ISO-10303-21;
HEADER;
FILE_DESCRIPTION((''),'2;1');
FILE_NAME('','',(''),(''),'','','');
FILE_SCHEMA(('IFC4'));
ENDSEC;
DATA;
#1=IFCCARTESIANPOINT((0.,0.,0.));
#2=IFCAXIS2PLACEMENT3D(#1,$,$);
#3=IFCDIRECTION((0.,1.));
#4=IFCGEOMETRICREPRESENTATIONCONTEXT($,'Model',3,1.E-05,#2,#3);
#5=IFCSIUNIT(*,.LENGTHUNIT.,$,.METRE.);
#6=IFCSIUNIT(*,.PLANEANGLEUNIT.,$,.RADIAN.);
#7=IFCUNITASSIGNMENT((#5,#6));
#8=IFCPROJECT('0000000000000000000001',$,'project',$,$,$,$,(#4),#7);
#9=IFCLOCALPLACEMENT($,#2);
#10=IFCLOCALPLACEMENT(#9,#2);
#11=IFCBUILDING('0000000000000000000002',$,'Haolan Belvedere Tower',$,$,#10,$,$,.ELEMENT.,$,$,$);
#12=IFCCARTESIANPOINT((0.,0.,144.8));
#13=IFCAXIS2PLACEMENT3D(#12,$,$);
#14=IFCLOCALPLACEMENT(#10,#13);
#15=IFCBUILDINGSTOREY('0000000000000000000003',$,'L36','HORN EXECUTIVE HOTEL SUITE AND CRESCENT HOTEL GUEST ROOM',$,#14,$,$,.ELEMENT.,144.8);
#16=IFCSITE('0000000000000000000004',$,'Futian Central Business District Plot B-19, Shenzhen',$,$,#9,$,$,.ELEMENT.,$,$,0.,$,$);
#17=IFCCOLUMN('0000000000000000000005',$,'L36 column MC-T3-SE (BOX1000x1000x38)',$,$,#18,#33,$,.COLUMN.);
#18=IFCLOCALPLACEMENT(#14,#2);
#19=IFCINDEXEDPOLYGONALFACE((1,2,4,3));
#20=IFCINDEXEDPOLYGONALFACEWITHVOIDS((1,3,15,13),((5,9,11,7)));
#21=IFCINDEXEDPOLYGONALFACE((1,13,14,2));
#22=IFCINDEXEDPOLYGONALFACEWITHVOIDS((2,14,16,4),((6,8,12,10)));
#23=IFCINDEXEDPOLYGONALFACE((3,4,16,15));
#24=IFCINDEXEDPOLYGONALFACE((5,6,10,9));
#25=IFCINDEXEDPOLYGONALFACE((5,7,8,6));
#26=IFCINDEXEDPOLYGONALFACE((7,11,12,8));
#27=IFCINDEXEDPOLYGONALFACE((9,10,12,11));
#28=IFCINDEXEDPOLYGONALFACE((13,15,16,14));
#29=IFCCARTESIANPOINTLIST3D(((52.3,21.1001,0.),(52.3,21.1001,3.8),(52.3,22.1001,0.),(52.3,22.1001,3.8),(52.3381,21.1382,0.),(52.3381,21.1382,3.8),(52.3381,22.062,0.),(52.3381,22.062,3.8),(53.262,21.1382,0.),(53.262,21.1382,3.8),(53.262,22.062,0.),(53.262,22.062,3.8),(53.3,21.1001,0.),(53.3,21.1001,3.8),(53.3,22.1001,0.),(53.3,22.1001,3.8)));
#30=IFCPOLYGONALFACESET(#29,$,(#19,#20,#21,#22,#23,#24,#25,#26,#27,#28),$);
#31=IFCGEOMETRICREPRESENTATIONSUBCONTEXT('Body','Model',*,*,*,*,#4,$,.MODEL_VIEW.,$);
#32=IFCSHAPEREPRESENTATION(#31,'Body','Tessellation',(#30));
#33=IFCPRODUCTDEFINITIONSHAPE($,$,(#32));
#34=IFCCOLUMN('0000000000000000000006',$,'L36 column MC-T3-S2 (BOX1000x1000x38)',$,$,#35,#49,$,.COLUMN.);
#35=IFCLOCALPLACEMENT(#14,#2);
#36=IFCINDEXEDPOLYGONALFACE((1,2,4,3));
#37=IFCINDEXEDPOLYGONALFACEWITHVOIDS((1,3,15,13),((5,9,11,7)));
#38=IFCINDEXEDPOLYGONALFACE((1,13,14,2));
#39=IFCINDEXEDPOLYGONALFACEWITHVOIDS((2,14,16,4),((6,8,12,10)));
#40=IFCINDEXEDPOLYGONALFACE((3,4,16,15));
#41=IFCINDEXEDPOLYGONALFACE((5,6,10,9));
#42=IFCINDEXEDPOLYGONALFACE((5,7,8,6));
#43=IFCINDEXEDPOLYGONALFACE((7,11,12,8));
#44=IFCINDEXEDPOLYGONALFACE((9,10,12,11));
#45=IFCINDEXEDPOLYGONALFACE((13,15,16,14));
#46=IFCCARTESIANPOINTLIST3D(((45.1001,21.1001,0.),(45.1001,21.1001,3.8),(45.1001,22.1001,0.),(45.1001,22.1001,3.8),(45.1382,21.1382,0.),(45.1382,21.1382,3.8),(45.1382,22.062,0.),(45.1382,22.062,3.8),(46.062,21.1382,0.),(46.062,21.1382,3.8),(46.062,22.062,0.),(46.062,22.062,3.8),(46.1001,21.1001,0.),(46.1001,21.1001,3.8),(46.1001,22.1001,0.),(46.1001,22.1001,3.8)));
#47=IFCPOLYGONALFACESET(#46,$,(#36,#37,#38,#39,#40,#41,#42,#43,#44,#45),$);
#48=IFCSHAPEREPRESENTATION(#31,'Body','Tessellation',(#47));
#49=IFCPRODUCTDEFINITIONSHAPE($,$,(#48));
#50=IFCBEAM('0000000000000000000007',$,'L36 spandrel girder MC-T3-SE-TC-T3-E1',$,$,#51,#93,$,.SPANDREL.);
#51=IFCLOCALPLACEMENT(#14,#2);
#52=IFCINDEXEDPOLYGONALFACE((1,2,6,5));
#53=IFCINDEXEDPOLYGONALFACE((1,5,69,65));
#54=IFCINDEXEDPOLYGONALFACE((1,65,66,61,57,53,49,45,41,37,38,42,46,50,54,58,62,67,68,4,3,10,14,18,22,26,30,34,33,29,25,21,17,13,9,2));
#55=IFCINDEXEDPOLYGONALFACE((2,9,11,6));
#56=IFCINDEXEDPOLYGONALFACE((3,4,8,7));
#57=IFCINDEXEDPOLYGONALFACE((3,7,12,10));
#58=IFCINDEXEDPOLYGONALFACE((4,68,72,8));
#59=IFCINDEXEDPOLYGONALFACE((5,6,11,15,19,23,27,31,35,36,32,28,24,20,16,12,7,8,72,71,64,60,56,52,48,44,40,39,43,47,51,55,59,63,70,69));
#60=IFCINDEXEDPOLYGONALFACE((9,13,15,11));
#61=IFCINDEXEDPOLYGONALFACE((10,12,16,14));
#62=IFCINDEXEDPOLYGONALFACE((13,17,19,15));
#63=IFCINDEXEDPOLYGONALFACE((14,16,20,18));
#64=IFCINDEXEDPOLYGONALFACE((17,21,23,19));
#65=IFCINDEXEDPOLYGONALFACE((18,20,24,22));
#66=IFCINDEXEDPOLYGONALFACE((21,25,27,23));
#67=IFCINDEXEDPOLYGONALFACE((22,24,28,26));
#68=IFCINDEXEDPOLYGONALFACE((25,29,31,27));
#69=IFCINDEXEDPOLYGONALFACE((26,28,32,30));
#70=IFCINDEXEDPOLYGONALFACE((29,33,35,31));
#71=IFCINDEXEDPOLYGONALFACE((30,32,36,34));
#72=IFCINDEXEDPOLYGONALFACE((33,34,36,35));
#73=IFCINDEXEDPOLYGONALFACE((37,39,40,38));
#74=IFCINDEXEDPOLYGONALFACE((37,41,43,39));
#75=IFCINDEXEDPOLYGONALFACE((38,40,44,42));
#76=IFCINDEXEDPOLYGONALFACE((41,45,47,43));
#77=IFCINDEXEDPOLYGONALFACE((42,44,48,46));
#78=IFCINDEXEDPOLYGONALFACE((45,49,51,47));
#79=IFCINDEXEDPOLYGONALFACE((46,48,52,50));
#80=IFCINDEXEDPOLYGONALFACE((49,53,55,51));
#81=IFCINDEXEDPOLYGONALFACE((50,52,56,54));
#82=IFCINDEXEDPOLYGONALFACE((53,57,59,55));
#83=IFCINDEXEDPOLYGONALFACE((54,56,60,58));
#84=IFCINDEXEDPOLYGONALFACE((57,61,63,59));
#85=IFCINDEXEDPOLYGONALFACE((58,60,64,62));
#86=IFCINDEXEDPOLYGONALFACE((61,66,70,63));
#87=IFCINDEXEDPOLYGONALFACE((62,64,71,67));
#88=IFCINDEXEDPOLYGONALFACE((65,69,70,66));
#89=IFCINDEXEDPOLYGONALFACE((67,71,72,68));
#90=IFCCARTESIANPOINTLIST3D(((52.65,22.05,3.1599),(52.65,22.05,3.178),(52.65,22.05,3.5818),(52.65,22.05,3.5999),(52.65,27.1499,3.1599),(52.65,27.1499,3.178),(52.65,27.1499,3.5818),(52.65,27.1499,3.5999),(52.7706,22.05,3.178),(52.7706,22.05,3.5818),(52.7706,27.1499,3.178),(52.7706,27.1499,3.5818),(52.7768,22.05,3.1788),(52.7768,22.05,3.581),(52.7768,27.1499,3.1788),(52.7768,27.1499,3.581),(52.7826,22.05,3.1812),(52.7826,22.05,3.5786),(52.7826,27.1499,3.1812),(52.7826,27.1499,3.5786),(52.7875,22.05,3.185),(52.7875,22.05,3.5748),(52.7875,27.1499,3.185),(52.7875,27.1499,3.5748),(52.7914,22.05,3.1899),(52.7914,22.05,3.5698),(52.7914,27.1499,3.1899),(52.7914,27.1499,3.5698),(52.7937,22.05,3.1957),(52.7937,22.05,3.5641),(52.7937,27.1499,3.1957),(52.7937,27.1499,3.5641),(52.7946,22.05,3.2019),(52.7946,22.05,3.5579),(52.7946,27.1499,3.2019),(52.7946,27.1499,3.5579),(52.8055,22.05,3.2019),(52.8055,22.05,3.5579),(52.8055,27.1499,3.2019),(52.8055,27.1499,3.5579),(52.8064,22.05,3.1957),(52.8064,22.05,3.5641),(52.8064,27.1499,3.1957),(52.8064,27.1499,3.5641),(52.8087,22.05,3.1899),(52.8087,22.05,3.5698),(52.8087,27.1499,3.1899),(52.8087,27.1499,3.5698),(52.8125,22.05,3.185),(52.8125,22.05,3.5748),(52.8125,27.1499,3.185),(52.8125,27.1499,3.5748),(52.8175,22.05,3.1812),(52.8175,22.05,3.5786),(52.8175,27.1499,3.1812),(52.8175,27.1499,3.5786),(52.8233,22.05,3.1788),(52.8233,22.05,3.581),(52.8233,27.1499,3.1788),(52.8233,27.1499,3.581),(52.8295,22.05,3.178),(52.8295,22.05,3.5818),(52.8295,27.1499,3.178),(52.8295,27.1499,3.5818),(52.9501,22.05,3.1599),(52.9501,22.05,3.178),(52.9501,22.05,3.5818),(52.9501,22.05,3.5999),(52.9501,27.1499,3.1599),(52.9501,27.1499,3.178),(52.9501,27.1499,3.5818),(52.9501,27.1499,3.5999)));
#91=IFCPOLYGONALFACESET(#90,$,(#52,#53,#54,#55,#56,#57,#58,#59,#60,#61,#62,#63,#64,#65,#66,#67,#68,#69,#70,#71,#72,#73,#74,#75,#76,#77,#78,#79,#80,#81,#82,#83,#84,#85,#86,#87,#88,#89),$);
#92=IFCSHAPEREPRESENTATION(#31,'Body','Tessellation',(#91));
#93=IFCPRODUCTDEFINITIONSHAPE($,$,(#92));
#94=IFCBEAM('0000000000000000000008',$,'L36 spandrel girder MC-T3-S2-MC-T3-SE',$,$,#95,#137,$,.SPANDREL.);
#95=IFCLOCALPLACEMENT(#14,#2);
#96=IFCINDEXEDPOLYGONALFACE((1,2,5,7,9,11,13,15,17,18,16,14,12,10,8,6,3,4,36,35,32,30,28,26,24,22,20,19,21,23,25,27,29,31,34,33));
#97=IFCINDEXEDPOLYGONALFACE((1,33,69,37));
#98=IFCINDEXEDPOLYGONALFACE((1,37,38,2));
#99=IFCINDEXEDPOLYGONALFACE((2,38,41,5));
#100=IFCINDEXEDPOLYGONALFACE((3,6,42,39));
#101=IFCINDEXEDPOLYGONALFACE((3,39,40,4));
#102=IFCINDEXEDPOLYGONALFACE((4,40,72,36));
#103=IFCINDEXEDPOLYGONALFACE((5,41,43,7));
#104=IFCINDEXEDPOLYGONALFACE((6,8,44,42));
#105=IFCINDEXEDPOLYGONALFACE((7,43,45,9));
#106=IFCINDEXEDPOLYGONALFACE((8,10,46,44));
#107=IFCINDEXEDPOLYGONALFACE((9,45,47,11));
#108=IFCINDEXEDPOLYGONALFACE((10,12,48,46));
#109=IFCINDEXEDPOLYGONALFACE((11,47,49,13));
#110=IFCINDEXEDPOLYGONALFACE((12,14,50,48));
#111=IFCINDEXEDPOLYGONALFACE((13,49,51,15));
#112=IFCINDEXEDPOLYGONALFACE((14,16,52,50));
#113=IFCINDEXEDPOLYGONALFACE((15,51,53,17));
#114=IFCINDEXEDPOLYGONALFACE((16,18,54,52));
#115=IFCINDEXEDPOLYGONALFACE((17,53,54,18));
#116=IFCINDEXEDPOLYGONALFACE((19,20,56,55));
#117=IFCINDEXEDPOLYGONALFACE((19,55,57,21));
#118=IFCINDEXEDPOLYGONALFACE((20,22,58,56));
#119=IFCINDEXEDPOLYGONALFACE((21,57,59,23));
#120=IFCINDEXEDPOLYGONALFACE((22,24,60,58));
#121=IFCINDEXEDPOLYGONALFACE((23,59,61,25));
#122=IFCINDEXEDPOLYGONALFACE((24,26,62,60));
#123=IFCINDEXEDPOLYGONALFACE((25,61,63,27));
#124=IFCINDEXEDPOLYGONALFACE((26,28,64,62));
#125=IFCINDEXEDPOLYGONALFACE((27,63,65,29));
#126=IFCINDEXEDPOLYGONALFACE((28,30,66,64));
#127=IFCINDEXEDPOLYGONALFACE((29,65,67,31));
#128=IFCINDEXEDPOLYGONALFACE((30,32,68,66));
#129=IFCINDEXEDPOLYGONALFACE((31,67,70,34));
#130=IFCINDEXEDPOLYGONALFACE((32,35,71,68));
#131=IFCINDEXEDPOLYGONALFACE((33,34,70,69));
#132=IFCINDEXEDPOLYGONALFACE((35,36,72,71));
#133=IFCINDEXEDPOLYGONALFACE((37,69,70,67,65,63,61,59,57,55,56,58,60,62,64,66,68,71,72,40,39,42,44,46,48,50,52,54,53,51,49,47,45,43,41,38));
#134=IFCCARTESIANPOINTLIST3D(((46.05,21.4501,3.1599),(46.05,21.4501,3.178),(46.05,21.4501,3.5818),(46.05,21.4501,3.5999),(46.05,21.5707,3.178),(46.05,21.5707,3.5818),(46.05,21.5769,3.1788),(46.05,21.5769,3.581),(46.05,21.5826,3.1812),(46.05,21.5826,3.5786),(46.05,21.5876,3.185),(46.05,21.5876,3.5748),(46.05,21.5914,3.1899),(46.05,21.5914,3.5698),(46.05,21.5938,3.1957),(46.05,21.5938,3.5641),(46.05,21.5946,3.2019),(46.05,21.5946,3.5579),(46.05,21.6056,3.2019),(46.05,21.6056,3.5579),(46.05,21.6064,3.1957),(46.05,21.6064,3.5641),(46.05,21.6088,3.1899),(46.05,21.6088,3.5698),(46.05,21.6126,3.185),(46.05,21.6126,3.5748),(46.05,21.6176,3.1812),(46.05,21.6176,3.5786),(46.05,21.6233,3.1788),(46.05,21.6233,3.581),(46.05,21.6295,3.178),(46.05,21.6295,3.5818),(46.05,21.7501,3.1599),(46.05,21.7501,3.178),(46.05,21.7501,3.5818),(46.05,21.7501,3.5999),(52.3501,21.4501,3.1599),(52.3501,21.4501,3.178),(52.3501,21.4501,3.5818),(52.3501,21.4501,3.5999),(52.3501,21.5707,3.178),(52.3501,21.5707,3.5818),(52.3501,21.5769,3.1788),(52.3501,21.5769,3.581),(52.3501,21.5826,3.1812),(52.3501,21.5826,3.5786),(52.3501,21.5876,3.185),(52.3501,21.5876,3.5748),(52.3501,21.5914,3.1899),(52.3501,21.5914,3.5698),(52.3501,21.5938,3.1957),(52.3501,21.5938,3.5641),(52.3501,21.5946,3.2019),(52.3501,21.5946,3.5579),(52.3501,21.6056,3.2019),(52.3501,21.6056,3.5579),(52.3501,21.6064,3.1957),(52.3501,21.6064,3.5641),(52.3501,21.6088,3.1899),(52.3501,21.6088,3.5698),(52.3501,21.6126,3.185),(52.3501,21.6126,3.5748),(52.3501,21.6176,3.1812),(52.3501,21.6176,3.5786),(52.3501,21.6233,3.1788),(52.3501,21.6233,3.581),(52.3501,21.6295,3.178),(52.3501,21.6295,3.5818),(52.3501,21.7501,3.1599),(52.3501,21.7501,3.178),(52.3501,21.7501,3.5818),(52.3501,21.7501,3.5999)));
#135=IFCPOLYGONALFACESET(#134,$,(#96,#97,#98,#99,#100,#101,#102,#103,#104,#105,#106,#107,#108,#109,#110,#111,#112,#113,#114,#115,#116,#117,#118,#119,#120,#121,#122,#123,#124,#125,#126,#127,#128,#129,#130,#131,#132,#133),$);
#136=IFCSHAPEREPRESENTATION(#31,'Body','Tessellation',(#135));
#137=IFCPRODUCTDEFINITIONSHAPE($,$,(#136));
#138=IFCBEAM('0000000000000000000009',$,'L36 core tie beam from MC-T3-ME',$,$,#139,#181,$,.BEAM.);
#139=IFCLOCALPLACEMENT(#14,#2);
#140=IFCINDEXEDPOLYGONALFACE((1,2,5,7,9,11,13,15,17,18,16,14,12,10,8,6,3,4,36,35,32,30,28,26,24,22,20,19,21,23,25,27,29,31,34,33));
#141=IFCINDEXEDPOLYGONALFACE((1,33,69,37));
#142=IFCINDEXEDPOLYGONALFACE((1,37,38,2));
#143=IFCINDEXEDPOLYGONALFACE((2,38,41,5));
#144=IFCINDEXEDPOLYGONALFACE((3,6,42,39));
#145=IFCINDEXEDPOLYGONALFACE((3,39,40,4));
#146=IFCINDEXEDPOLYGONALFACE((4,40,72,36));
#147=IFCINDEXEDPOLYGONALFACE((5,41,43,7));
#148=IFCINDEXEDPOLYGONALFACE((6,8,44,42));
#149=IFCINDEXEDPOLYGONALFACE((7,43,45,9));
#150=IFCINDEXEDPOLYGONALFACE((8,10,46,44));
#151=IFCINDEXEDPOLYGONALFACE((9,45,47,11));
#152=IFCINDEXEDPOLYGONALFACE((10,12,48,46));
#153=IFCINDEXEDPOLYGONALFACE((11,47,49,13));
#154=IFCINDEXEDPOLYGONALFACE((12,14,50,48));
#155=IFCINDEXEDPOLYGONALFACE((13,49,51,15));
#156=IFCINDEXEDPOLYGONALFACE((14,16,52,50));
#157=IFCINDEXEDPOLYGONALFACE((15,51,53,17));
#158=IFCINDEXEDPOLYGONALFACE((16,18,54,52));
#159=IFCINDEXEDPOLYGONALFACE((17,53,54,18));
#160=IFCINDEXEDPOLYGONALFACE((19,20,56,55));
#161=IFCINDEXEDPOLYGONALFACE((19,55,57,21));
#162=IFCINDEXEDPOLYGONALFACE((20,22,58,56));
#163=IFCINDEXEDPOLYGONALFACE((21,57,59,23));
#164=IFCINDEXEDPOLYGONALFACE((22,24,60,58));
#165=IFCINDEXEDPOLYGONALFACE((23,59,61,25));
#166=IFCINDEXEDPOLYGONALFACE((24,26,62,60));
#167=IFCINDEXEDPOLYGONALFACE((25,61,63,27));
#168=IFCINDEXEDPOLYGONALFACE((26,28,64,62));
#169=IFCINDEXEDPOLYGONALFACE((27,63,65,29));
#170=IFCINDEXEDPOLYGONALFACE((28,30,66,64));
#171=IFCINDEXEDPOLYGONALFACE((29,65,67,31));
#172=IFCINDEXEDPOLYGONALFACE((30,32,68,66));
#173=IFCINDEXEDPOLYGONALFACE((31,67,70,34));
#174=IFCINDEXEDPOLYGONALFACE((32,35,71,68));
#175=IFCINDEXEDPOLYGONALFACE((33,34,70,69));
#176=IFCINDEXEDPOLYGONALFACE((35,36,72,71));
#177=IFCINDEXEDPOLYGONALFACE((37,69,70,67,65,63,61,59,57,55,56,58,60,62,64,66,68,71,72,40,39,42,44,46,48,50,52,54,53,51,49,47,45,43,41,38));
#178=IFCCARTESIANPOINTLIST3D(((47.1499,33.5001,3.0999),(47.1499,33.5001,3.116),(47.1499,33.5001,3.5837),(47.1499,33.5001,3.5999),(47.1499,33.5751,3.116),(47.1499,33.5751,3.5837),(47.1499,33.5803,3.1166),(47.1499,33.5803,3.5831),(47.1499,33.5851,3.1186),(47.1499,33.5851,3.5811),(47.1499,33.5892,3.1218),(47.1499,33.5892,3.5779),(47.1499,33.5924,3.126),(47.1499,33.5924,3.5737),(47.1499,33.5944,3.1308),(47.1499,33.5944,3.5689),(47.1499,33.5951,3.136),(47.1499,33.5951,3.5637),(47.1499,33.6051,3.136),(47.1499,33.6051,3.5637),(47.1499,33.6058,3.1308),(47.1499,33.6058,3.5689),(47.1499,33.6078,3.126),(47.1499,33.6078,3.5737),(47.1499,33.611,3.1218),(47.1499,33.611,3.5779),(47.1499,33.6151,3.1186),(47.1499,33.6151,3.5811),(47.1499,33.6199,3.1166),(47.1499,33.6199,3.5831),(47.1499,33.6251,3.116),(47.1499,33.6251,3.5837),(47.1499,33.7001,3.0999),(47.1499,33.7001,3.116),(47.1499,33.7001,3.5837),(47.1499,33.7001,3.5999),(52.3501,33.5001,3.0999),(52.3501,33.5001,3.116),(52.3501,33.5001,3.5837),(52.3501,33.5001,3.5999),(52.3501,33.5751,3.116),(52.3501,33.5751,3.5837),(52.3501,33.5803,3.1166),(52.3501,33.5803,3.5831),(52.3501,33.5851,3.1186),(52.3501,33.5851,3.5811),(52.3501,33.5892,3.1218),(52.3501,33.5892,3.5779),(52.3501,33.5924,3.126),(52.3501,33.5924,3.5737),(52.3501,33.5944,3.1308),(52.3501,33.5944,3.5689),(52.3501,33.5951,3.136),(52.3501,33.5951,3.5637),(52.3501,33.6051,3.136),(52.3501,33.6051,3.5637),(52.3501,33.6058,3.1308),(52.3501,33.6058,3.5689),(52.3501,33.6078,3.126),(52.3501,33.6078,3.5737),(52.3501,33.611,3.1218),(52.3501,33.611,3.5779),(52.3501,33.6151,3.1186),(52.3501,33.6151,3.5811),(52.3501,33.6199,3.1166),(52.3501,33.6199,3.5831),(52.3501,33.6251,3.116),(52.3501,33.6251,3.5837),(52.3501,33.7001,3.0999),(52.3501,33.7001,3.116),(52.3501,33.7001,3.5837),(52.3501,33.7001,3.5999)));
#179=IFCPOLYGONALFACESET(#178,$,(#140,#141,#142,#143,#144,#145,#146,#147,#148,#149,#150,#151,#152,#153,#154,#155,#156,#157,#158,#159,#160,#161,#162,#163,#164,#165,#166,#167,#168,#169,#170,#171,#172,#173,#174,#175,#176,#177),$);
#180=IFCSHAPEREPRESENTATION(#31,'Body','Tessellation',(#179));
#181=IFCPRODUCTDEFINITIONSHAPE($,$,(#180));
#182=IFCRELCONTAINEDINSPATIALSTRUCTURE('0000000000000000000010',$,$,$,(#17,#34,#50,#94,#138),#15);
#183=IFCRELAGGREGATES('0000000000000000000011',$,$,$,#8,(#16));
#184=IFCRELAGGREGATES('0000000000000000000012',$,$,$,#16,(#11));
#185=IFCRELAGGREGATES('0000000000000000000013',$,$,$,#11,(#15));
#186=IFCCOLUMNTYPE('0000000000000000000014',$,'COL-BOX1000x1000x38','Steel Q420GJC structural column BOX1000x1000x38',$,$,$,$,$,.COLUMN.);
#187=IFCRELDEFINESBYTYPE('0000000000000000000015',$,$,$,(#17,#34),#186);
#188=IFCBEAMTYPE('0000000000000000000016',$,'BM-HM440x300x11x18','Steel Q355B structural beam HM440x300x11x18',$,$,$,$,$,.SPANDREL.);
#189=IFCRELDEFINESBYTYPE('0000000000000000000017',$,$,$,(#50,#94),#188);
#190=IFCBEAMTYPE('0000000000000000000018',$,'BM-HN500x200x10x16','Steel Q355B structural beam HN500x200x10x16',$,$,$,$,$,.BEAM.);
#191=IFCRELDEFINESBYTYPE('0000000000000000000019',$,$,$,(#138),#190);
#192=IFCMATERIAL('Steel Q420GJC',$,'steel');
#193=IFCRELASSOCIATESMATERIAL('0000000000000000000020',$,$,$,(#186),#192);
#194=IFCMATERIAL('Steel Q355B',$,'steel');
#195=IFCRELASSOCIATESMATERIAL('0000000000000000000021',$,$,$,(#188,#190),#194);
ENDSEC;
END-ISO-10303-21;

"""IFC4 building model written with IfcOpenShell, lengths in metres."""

from ifc_helpers import new_model, si_unit, direction, frame, origin, origin_2d, place, context, subcontext, project, spatial, hollow_rectangle, i_section, extrude, material, material_profile, profile_set, type_object, element, save


model = new_model("IFC4")

# Units and contexts
model_context = context("Model", 3, precision=1e-05, world=origin(), true_north=direction((0.0, 1.0)))
body_context = subcontext(model_context, "Body", "Model", "MODEL_VIEW")
ifc_project = project(units=[si_unit("LENGTHUNIT", "METRE"), si_unit("PLANEANGLEUNIT", "RADIAN")], contexts=[model_context])

# Site, building, storey
site_placement = place(None, origin())
site = spatial("IfcSite", under=ifc_project, at=site_placement, Name="Futian Central Business District Plot B-19, Shenzhen", CompositionType="ELEMENT", RefElevation=0.0)
building_placement = place(site_placement, origin())
building = spatial("IfcBuilding", under=site, at=building_placement, Name="Haolan Belvedere Tower", CompositionType="ELEMENT")
storey_placement = place(building_placement, frame((0.0, 0.0, 144.8)))
storey = spatial("IfcBuildingStorey", under=building, at=storey_placement, Name="L36", Description="HORN EXECUTIVE HOTEL SUITE AND CRESCENT HOTEL GUEST ROOM", CompositionType="ELEMENT", Elevation=144.8)

# Columns
ifc_material_1 = material(Name="Steel Q420GJC", Category="steel")
ifc_material_profile_1 = material_profile(ifc_material_1, hollow_rectangle(XDim=1.0, YDim=1.0, WallThickness=0.0381, at=origin_2d()), Name="Steel Q420GJC")
ifc_profile_set_1 = profile_set([ifc_material_profile_1], Name="Steel Q420GJC")
column_type = type_object("IfcColumnType", Name="COL-BOX1000x1000x38", Description="Steel Q420GJC structural column BOX1000x1000x38", PredefinedType="COLUMN", material=ifc_profile_set_1)
for number, where, z_axis, x_axis, name in (
    (1, (52.8, 21.6001, 0.0), (0.0, 0.0, 1.0), (1.0, 0.0, 0.0), "L36 column MC-T3-SE (BOX1000x1000x38)"),
    (2, (45.6001, 21.6001, 0.0), (0.0, 0.0, 1.0), (1.0, 0.0, 0.0), "L36 column MC-T3-S2 (BOX1000x1000x38)"),
):
    element("IfcColumn", number, at=place(storey_placement, frame(where, z_axis=z_axis, x_axis=x_axis)), inside=storey, type_object=column_type, Name=name, PredefinedType="COLUMN", context=body_context, shape_type="SweptSolid", body=[
        extrude(hollow_rectangle(XDim=1.0, YDim=1.0, WallThickness=0.0381, at=origin_2d()), origin(), (0.0, 0.0, 1.0), 3.8),
    ])

# Beams
ifc_material_2 = material(Name="Steel Q355B", Category="steel")
ifc_material_profile_2 = material_profile(ifc_material_2, i_section(OverallWidth=0.3, OverallDepth=0.4399, WebThickness=0.011, FlangeThickness=0.0181, FilletRadius=0.0239, at=origin_2d()), Name="Steel Q355B")
ifc_profile_set_2 = profile_set([ifc_material_profile_2], Name="Steel Q355B")
beam_type_1 = type_object("IfcBeamType", Name="BM-HM440x300x11x18", Description="Steel Q355B structural beam HM440x300x11x18", PredefinedType="SPANDREL", material=ifc_profile_set_2)
beam_1_placement = place(storey_placement, frame((52.8, 22.05, 3.3799), z_axis=(0.0, 1.0, 0.0), x_axis=(-1.0, 0.0, 0.0)))
element("IfcBeam", 3, at=beam_1_placement, inside=storey, type_object=beam_type_1, Name="L36 spandrel girder MC-T3-SE-TC-T3-E1", PredefinedType="SPANDREL", context=body_context, shape_type="SweptSolid", body=[
    extrude(i_section(OverallWidth=0.3, OverallDepth=0.4399, WebThickness=0.011, FlangeThickness=0.0181, FilletRadius=0.0239, at=origin_2d()), origin(), (0.0, 0.0, 1.0), 5.0999),
])
beam_2_placement = place(storey_placement, frame((46.05, 21.6001, 3.3799), z_axis=(1.0, 0.0, 0.0), x_axis=(0.0, 1.0, 0.0)))
element("IfcBeam", 4, at=beam_2_placement, inside=storey, type_object=beam_type_1, Name="L36 spandrel girder MC-T3-S2-MC-T3-SE", PredefinedType="SPANDREL", context=body_context, shape_type="SweptSolid", body=[
    extrude(i_section(OverallWidth=0.3, OverallDepth=0.4399, WebThickness=0.011, FlangeThickness=0.0181, FilletRadius=0.0239, at=origin_2d()), origin(), (0.0, 0.0, 1.0), 6.3),
])
ifc_material_profile_3 = material_profile(ifc_material_2, i_section(OverallWidth=0.2, OverallDepth=0.5, WebThickness=0.01, FlangeThickness=0.0161, FilletRadius=0.02, at=origin_2d()), Name="Steel Q355B")
ifc_profile_set_3 = profile_set([ifc_material_profile_3], Name="Steel Q355B")
beam_type_2 = type_object("IfcBeamType", Name="BM-HN500x200x10x16", Description="Steel Q355B structural beam HN500x200x10x16", PredefinedType="BEAM", material=ifc_profile_set_3)
for number, where, z_axis, x_axis, name in (
    (5, (52.3501, 33.6001, 3.3499), (-1.0, 0.0, 0.0), (0.0, -1.0, 0.0), "L36 core tie beam from MC-T3-ME"),
):
    element("IfcBeam", number, at=place(storey_placement, frame(where, z_axis=z_axis, x_axis=x_axis)), inside=storey, type_object=beam_type_2, Name=name, PredefinedType="BEAM", context=body_context, shape_type="SweptSolid", body=[
        extrude(i_section(OverallWidth=0.2, OverallDepth=0.5, WebThickness=0.01, FlangeThickness=0.0161, FilletRadius=0.02, at=origin_2d()), origin(), (0.0, 0.0, 1.0), 5.2002),
    ])

save(model, "model.ifc")
